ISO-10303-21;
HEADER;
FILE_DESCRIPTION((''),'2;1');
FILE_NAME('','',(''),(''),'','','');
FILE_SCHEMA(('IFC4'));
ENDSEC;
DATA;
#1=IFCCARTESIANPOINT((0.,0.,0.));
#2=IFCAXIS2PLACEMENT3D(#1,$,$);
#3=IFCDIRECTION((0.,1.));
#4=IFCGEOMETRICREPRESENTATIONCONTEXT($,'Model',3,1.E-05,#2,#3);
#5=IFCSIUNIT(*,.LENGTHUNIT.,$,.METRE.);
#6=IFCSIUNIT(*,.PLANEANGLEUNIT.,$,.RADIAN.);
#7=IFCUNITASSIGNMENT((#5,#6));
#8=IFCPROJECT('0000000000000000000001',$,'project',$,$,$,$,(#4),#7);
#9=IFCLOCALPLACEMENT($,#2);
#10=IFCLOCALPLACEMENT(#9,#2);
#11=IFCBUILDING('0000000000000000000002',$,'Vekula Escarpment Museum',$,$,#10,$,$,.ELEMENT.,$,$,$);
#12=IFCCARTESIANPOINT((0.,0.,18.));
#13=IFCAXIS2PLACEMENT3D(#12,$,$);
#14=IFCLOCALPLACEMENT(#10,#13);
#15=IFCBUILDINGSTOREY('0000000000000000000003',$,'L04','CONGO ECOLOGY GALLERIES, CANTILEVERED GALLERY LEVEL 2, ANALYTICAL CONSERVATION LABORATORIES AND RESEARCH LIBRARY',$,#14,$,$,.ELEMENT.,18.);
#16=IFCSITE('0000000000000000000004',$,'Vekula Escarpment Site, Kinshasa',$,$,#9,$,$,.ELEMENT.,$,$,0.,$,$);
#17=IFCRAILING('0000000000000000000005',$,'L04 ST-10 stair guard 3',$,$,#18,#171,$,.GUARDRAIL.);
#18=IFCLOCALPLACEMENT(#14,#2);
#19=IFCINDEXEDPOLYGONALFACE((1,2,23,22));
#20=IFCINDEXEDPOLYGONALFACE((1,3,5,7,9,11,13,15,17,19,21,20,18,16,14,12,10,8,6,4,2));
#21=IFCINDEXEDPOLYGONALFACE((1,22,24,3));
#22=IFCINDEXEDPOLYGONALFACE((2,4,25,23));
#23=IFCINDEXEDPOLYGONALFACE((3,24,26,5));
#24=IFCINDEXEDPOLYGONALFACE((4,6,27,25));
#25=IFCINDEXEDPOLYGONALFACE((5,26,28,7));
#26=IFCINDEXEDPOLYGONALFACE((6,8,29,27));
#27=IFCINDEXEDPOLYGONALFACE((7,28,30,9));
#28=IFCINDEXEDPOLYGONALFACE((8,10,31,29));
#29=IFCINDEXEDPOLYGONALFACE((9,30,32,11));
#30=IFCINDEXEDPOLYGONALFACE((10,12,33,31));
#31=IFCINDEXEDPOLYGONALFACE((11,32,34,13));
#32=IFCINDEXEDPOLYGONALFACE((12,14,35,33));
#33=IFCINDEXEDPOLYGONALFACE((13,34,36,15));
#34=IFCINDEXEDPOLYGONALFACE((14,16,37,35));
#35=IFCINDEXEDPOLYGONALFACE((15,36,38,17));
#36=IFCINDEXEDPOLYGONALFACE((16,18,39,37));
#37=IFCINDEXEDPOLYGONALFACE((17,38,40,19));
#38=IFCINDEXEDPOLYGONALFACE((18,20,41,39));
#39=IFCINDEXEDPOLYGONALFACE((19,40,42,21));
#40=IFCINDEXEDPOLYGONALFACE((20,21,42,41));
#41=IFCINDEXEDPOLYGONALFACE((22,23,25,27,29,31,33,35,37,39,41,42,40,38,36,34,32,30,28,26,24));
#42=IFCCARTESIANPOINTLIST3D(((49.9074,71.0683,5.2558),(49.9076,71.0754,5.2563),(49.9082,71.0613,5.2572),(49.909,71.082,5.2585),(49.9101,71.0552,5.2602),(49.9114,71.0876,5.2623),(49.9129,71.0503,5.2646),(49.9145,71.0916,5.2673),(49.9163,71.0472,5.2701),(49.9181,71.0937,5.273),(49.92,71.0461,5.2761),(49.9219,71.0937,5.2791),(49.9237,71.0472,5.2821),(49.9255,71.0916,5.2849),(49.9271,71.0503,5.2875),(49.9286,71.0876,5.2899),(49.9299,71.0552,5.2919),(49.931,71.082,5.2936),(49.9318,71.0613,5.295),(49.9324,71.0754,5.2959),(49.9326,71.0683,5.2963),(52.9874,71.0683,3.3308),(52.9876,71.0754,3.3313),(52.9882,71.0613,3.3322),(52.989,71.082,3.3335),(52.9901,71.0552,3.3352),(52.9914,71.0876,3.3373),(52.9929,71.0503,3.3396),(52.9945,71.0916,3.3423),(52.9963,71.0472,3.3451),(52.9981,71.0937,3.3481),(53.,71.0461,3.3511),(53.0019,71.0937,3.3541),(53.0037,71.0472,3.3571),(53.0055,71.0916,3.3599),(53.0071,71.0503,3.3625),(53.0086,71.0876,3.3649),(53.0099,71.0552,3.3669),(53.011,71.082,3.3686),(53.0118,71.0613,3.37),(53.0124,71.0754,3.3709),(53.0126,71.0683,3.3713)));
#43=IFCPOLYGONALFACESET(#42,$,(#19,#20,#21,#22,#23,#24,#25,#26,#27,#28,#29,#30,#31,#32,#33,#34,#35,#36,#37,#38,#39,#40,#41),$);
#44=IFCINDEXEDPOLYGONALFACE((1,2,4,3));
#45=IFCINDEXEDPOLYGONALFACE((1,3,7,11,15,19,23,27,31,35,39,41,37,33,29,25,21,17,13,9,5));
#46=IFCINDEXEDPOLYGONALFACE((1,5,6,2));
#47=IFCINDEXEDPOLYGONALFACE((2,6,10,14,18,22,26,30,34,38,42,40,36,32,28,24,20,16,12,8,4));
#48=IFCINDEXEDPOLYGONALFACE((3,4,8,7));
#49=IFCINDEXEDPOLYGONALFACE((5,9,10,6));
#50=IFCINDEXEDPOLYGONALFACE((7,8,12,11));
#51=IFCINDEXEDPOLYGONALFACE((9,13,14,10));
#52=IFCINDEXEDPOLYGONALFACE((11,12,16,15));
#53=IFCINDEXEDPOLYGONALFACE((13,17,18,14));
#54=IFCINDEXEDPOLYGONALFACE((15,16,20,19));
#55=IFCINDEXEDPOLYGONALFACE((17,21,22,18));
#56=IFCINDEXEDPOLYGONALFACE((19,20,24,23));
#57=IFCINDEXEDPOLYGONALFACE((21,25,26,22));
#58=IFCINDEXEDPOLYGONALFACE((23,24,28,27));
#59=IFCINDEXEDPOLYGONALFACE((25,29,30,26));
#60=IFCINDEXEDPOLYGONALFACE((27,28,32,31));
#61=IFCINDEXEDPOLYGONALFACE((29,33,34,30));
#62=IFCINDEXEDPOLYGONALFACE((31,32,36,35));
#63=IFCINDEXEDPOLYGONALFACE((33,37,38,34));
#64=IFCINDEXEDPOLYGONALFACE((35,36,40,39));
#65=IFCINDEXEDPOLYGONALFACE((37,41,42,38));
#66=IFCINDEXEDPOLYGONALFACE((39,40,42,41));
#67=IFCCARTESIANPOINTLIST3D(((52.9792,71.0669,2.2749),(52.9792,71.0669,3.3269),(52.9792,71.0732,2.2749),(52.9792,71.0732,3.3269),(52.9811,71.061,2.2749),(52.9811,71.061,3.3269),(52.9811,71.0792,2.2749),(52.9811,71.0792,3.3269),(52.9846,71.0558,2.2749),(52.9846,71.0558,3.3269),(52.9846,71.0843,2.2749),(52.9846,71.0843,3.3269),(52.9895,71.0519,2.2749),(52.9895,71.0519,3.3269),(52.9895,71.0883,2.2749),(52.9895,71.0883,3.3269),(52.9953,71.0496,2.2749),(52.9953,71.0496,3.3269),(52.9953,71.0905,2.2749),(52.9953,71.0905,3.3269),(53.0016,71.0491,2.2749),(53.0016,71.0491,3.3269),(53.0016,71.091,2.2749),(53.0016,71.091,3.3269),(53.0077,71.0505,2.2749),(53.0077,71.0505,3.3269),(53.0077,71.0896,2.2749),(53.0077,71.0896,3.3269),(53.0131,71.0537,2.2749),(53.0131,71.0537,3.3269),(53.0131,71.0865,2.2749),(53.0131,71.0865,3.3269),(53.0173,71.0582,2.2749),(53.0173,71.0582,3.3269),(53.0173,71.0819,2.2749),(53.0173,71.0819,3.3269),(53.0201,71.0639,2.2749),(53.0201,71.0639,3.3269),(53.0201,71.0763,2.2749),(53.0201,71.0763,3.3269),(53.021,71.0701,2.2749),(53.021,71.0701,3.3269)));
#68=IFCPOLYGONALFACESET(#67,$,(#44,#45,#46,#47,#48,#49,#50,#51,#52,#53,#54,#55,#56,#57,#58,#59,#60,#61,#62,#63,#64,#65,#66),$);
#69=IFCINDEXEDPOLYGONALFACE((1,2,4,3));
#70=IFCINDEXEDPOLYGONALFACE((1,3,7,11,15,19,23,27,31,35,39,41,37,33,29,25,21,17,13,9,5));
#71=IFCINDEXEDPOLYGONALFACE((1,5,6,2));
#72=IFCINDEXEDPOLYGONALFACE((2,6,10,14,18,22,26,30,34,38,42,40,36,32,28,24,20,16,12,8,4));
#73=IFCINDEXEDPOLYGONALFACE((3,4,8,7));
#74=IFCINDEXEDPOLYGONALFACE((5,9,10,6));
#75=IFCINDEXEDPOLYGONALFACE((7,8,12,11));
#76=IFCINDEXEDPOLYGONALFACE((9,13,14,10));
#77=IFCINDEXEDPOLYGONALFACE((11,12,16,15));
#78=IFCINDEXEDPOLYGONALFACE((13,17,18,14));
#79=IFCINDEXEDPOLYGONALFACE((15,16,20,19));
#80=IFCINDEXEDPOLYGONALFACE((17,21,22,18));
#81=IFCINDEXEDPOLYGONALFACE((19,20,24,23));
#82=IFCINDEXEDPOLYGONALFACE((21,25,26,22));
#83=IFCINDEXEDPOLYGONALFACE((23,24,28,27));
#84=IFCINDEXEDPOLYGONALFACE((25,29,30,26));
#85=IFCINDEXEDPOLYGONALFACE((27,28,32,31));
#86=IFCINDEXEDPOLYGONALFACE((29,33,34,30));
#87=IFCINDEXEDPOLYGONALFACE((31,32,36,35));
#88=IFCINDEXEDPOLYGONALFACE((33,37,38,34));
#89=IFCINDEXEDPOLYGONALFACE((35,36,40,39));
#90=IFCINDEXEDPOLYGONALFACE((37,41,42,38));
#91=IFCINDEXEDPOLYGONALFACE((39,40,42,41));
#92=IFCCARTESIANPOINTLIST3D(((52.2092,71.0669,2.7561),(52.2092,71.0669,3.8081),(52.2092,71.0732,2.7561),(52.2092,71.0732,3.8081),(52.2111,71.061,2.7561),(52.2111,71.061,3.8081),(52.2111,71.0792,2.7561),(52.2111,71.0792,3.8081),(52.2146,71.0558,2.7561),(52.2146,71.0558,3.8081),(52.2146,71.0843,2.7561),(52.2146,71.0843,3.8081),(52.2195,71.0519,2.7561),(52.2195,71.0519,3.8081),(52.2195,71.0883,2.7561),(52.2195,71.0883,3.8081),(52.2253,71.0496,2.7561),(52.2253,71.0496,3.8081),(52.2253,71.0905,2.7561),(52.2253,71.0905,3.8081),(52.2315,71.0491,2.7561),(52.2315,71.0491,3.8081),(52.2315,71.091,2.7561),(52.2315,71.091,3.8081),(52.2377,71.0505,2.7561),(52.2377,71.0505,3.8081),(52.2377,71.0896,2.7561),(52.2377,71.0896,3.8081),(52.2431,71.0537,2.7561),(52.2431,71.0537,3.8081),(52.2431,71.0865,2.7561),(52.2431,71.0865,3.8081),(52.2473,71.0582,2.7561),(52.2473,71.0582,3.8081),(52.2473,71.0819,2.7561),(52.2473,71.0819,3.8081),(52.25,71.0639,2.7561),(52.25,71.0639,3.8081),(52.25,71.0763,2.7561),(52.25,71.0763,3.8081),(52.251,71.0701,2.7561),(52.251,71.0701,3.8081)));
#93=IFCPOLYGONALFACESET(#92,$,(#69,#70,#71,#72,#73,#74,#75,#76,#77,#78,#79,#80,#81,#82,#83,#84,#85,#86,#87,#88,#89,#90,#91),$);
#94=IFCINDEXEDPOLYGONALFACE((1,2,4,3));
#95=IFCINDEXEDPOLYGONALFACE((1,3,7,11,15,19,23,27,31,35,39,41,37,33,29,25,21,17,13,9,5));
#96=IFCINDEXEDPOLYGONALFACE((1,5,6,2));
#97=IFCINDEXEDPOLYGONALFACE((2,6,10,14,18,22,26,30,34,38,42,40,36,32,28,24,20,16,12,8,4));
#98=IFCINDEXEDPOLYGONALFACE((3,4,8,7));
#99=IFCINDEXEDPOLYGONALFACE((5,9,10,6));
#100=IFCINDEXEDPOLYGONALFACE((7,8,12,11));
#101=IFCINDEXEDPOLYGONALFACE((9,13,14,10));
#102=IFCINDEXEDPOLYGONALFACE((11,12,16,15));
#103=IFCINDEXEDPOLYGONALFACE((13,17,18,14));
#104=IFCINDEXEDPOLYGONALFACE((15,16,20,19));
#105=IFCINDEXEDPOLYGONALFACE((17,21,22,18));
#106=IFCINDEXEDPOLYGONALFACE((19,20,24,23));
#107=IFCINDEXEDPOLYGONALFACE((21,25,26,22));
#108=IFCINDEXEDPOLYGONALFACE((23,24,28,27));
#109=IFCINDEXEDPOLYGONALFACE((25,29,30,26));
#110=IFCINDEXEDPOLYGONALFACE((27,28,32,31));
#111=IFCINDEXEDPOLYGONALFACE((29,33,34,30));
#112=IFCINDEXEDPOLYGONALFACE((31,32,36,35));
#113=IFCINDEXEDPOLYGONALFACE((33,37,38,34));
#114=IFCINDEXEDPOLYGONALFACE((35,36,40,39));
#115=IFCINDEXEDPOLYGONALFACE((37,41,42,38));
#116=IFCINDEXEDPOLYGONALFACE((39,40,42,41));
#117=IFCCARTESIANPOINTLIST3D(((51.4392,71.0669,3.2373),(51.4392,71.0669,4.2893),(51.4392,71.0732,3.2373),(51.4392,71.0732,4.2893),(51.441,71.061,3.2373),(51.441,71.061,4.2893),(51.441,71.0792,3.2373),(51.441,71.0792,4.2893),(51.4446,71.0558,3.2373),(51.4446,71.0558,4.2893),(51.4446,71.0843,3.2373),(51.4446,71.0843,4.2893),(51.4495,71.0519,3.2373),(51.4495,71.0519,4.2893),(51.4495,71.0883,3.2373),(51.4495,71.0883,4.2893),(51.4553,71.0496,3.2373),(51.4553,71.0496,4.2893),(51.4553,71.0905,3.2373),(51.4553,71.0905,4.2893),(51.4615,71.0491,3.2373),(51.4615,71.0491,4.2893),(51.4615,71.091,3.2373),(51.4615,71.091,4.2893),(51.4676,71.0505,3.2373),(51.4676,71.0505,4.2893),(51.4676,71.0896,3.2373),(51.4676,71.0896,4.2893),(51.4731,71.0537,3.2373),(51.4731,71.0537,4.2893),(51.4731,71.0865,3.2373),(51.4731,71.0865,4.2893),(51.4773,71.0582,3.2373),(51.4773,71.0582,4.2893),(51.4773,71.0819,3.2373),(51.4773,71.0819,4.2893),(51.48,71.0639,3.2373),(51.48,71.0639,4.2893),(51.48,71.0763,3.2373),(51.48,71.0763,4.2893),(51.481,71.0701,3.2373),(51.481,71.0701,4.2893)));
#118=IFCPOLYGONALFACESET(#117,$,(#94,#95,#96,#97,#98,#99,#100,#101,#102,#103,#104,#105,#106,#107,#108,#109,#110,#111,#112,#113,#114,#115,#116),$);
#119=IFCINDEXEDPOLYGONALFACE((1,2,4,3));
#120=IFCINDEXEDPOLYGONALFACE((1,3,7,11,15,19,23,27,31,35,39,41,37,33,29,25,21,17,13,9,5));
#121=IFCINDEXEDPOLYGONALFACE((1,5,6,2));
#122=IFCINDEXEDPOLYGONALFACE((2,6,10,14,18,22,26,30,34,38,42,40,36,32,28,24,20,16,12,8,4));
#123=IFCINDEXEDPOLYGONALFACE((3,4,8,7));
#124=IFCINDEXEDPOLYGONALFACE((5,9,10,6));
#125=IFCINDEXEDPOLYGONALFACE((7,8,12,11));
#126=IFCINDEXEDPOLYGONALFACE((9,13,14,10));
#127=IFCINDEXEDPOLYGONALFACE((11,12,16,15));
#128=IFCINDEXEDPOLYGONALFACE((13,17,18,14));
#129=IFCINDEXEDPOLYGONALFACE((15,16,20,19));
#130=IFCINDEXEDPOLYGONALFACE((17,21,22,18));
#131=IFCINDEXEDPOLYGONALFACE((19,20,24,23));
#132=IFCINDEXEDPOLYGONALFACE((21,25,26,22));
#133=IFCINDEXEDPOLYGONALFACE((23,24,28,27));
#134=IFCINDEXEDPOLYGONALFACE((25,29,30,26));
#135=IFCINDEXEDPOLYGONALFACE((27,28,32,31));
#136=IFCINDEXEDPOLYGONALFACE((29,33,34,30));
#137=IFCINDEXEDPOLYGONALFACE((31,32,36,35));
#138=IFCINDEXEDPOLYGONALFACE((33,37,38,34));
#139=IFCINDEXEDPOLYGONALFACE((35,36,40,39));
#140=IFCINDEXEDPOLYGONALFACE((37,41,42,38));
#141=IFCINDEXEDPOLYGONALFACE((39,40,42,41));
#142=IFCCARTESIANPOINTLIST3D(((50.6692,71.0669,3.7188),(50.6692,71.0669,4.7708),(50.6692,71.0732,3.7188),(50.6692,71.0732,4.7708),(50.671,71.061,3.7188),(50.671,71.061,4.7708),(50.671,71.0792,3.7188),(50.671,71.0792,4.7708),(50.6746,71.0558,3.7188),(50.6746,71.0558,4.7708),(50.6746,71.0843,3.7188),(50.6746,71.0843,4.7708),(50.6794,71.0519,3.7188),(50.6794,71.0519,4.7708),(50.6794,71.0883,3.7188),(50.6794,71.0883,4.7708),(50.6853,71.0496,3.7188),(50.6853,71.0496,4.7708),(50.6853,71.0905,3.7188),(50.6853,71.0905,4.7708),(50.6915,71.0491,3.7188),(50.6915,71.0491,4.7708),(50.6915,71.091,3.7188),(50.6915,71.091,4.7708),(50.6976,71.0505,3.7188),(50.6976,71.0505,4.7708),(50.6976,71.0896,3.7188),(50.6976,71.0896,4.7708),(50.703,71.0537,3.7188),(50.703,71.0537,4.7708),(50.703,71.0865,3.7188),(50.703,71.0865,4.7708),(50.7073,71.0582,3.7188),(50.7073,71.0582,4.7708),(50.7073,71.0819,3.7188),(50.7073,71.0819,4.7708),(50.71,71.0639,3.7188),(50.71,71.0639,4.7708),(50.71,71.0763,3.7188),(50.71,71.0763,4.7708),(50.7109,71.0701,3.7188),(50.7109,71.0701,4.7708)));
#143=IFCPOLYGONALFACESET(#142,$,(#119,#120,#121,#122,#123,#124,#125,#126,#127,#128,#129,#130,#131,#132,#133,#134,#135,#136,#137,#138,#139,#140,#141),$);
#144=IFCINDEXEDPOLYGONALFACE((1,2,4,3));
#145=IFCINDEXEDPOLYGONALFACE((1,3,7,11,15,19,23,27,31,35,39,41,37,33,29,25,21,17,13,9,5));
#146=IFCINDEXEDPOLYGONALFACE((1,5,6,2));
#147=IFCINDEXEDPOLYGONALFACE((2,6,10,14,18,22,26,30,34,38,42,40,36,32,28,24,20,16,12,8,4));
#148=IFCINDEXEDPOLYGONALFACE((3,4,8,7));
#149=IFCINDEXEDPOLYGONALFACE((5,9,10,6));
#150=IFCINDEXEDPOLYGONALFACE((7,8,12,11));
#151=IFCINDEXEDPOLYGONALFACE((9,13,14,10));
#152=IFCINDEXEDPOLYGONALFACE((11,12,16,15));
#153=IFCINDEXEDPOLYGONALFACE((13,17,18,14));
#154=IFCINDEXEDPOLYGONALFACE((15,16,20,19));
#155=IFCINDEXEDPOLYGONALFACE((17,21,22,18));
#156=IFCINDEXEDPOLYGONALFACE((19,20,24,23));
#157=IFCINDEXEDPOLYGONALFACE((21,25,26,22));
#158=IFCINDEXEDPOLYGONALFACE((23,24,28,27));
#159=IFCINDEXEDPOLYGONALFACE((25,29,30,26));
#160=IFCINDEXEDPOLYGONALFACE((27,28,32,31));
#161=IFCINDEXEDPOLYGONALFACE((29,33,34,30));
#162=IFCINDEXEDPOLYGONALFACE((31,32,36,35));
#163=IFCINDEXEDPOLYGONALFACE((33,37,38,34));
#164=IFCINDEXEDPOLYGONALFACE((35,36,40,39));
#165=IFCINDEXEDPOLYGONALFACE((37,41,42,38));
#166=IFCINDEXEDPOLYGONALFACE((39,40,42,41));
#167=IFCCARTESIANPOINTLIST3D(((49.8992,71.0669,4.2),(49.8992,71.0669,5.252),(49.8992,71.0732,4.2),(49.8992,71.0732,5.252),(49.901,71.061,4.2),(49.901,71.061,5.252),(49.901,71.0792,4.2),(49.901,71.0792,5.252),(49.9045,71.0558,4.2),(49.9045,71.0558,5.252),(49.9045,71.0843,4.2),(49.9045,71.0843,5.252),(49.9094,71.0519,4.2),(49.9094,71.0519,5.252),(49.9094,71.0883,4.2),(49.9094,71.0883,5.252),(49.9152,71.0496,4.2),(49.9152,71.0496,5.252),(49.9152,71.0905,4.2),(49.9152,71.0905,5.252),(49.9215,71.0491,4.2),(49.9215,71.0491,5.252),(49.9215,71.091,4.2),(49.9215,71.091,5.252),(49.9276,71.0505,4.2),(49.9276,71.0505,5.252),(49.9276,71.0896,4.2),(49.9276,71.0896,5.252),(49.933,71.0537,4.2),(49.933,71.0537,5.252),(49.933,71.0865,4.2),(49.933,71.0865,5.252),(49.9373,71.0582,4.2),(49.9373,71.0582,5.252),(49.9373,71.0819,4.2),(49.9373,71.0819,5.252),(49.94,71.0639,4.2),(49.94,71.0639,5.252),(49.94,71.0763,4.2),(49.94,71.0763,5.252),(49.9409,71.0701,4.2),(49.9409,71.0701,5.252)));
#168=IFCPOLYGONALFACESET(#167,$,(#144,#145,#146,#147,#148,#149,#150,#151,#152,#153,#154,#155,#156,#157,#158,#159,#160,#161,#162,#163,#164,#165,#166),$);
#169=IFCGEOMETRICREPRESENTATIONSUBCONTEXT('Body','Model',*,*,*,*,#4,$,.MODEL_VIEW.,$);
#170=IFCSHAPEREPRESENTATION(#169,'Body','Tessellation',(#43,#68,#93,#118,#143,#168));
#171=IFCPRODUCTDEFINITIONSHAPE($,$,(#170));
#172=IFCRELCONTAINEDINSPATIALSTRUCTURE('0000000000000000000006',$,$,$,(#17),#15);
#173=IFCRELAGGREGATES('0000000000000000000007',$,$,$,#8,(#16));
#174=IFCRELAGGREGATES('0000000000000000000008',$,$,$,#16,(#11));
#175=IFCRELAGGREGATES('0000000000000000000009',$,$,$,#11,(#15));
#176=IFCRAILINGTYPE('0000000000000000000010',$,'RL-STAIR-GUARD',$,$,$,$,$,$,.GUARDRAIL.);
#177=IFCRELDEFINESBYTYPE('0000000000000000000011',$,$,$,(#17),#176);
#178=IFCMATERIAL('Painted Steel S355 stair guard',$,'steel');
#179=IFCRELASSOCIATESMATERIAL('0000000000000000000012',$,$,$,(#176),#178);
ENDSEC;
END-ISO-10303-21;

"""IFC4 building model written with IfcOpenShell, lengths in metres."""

from ifc_helpers import new_model, si_unit, direction, frame, origin, origin_2d, place, context, subcontext, project, spatial, circle, extrude, material, type_object, element, save


model = new_model("IFC4")

# Units and contexts
model_context = context("Model", 3, precision=1e-05, world=origin(), true_north=direction((0.0, 1.0)))
body_context = subcontext(model_context, "Body", "Model", "MODEL_VIEW")
ifc_project = project(units=[si_unit("LENGTHUNIT", "METRE"), si_unit("PLANEANGLEUNIT", "RADIAN")], contexts=[model_context])

# Site, building, storey
site_placement = place(None, origin())
site = spatial("IfcSite", under=ifc_project, at=site_placement, Name="Vekula Escarpment Site, Kinshasa", CompositionType="ELEMENT", RefElevation=0.0)
building_placement = place(site_placement, origin())
building = spatial("IfcBuilding", under=site, at=building_placement, Name="Vekula Escarpment Museum", CompositionType="ELEMENT")
storey_placement = place(building_placement, frame((0.0, 0.0, 18.0)))
storey = spatial("IfcBuildingStorey", under=building, at=storey_placement, Name="L04", Description="CONGO ECOLOGY GALLERIES, CANTILEVERED GALLERY LEVEL 2, ANALYTICAL CONSERVATION LABORATORIES AND RESEARCH LIBRARY", CompositionType="ELEMENT", Elevation=18.0)

# Railing
ifc_material_1 = material(Name="Painted Steel S355 stair guard", Category="steel")
railing_type_1 = type_object("IfcRailingType", Name="RL-STAIR-GUARD", PredefinedType="GUARDRAIL", material=ifc_material_1)
railing_1_placement = place(storey_placement, frame((53.0, 71.0701, 2.2749)))
element("IfcRailing", 1, at=railing_1_placement, inside=storey, type_object=railing_type_1, Name="L04 ST-10 stair guard 3", PredefinedType="GUARDRAIL", context=body_context, shape_type="SweptSolid", body=[
    extrude(circle(Radius=0.0239, at=origin_2d()), frame((0.0, 0.0, 1.0762), z_axis=(-0.847998, 0.0, 0.529999), x_axis=(0.0, -1.0, 0.0)), (0.0, 0.0, 1.0), 3.6321),
    extrude(circle(Radius=0.021, at=origin_2d()), origin(), (0.0, 0.0, 1.0), 1.052),
    extrude(circle(Radius=0.021, at=origin_2d()), frame((-0.77, 0.0, 0.4812)), (0.0, 0.0, 1.0), 1.052),
    extrude(circle(Radius=0.021, at=origin_2d()), frame((-1.54, 0.0, 0.9624)), (0.0, 0.0, 1.0), 1.052),
    extrude(circle(Radius=0.021, at=origin_2d()), frame((-2.3101, 0.0, 1.4438)), (0.0, 0.0, 1.0), 1.052),
    extrude(circle(Radius=0.021, at=origin_2d()), frame((-3.0801, 0.0, 1.925)), (0.0, 0.0, 1.0), 1.052),
])

save(model, "model.ifc")
